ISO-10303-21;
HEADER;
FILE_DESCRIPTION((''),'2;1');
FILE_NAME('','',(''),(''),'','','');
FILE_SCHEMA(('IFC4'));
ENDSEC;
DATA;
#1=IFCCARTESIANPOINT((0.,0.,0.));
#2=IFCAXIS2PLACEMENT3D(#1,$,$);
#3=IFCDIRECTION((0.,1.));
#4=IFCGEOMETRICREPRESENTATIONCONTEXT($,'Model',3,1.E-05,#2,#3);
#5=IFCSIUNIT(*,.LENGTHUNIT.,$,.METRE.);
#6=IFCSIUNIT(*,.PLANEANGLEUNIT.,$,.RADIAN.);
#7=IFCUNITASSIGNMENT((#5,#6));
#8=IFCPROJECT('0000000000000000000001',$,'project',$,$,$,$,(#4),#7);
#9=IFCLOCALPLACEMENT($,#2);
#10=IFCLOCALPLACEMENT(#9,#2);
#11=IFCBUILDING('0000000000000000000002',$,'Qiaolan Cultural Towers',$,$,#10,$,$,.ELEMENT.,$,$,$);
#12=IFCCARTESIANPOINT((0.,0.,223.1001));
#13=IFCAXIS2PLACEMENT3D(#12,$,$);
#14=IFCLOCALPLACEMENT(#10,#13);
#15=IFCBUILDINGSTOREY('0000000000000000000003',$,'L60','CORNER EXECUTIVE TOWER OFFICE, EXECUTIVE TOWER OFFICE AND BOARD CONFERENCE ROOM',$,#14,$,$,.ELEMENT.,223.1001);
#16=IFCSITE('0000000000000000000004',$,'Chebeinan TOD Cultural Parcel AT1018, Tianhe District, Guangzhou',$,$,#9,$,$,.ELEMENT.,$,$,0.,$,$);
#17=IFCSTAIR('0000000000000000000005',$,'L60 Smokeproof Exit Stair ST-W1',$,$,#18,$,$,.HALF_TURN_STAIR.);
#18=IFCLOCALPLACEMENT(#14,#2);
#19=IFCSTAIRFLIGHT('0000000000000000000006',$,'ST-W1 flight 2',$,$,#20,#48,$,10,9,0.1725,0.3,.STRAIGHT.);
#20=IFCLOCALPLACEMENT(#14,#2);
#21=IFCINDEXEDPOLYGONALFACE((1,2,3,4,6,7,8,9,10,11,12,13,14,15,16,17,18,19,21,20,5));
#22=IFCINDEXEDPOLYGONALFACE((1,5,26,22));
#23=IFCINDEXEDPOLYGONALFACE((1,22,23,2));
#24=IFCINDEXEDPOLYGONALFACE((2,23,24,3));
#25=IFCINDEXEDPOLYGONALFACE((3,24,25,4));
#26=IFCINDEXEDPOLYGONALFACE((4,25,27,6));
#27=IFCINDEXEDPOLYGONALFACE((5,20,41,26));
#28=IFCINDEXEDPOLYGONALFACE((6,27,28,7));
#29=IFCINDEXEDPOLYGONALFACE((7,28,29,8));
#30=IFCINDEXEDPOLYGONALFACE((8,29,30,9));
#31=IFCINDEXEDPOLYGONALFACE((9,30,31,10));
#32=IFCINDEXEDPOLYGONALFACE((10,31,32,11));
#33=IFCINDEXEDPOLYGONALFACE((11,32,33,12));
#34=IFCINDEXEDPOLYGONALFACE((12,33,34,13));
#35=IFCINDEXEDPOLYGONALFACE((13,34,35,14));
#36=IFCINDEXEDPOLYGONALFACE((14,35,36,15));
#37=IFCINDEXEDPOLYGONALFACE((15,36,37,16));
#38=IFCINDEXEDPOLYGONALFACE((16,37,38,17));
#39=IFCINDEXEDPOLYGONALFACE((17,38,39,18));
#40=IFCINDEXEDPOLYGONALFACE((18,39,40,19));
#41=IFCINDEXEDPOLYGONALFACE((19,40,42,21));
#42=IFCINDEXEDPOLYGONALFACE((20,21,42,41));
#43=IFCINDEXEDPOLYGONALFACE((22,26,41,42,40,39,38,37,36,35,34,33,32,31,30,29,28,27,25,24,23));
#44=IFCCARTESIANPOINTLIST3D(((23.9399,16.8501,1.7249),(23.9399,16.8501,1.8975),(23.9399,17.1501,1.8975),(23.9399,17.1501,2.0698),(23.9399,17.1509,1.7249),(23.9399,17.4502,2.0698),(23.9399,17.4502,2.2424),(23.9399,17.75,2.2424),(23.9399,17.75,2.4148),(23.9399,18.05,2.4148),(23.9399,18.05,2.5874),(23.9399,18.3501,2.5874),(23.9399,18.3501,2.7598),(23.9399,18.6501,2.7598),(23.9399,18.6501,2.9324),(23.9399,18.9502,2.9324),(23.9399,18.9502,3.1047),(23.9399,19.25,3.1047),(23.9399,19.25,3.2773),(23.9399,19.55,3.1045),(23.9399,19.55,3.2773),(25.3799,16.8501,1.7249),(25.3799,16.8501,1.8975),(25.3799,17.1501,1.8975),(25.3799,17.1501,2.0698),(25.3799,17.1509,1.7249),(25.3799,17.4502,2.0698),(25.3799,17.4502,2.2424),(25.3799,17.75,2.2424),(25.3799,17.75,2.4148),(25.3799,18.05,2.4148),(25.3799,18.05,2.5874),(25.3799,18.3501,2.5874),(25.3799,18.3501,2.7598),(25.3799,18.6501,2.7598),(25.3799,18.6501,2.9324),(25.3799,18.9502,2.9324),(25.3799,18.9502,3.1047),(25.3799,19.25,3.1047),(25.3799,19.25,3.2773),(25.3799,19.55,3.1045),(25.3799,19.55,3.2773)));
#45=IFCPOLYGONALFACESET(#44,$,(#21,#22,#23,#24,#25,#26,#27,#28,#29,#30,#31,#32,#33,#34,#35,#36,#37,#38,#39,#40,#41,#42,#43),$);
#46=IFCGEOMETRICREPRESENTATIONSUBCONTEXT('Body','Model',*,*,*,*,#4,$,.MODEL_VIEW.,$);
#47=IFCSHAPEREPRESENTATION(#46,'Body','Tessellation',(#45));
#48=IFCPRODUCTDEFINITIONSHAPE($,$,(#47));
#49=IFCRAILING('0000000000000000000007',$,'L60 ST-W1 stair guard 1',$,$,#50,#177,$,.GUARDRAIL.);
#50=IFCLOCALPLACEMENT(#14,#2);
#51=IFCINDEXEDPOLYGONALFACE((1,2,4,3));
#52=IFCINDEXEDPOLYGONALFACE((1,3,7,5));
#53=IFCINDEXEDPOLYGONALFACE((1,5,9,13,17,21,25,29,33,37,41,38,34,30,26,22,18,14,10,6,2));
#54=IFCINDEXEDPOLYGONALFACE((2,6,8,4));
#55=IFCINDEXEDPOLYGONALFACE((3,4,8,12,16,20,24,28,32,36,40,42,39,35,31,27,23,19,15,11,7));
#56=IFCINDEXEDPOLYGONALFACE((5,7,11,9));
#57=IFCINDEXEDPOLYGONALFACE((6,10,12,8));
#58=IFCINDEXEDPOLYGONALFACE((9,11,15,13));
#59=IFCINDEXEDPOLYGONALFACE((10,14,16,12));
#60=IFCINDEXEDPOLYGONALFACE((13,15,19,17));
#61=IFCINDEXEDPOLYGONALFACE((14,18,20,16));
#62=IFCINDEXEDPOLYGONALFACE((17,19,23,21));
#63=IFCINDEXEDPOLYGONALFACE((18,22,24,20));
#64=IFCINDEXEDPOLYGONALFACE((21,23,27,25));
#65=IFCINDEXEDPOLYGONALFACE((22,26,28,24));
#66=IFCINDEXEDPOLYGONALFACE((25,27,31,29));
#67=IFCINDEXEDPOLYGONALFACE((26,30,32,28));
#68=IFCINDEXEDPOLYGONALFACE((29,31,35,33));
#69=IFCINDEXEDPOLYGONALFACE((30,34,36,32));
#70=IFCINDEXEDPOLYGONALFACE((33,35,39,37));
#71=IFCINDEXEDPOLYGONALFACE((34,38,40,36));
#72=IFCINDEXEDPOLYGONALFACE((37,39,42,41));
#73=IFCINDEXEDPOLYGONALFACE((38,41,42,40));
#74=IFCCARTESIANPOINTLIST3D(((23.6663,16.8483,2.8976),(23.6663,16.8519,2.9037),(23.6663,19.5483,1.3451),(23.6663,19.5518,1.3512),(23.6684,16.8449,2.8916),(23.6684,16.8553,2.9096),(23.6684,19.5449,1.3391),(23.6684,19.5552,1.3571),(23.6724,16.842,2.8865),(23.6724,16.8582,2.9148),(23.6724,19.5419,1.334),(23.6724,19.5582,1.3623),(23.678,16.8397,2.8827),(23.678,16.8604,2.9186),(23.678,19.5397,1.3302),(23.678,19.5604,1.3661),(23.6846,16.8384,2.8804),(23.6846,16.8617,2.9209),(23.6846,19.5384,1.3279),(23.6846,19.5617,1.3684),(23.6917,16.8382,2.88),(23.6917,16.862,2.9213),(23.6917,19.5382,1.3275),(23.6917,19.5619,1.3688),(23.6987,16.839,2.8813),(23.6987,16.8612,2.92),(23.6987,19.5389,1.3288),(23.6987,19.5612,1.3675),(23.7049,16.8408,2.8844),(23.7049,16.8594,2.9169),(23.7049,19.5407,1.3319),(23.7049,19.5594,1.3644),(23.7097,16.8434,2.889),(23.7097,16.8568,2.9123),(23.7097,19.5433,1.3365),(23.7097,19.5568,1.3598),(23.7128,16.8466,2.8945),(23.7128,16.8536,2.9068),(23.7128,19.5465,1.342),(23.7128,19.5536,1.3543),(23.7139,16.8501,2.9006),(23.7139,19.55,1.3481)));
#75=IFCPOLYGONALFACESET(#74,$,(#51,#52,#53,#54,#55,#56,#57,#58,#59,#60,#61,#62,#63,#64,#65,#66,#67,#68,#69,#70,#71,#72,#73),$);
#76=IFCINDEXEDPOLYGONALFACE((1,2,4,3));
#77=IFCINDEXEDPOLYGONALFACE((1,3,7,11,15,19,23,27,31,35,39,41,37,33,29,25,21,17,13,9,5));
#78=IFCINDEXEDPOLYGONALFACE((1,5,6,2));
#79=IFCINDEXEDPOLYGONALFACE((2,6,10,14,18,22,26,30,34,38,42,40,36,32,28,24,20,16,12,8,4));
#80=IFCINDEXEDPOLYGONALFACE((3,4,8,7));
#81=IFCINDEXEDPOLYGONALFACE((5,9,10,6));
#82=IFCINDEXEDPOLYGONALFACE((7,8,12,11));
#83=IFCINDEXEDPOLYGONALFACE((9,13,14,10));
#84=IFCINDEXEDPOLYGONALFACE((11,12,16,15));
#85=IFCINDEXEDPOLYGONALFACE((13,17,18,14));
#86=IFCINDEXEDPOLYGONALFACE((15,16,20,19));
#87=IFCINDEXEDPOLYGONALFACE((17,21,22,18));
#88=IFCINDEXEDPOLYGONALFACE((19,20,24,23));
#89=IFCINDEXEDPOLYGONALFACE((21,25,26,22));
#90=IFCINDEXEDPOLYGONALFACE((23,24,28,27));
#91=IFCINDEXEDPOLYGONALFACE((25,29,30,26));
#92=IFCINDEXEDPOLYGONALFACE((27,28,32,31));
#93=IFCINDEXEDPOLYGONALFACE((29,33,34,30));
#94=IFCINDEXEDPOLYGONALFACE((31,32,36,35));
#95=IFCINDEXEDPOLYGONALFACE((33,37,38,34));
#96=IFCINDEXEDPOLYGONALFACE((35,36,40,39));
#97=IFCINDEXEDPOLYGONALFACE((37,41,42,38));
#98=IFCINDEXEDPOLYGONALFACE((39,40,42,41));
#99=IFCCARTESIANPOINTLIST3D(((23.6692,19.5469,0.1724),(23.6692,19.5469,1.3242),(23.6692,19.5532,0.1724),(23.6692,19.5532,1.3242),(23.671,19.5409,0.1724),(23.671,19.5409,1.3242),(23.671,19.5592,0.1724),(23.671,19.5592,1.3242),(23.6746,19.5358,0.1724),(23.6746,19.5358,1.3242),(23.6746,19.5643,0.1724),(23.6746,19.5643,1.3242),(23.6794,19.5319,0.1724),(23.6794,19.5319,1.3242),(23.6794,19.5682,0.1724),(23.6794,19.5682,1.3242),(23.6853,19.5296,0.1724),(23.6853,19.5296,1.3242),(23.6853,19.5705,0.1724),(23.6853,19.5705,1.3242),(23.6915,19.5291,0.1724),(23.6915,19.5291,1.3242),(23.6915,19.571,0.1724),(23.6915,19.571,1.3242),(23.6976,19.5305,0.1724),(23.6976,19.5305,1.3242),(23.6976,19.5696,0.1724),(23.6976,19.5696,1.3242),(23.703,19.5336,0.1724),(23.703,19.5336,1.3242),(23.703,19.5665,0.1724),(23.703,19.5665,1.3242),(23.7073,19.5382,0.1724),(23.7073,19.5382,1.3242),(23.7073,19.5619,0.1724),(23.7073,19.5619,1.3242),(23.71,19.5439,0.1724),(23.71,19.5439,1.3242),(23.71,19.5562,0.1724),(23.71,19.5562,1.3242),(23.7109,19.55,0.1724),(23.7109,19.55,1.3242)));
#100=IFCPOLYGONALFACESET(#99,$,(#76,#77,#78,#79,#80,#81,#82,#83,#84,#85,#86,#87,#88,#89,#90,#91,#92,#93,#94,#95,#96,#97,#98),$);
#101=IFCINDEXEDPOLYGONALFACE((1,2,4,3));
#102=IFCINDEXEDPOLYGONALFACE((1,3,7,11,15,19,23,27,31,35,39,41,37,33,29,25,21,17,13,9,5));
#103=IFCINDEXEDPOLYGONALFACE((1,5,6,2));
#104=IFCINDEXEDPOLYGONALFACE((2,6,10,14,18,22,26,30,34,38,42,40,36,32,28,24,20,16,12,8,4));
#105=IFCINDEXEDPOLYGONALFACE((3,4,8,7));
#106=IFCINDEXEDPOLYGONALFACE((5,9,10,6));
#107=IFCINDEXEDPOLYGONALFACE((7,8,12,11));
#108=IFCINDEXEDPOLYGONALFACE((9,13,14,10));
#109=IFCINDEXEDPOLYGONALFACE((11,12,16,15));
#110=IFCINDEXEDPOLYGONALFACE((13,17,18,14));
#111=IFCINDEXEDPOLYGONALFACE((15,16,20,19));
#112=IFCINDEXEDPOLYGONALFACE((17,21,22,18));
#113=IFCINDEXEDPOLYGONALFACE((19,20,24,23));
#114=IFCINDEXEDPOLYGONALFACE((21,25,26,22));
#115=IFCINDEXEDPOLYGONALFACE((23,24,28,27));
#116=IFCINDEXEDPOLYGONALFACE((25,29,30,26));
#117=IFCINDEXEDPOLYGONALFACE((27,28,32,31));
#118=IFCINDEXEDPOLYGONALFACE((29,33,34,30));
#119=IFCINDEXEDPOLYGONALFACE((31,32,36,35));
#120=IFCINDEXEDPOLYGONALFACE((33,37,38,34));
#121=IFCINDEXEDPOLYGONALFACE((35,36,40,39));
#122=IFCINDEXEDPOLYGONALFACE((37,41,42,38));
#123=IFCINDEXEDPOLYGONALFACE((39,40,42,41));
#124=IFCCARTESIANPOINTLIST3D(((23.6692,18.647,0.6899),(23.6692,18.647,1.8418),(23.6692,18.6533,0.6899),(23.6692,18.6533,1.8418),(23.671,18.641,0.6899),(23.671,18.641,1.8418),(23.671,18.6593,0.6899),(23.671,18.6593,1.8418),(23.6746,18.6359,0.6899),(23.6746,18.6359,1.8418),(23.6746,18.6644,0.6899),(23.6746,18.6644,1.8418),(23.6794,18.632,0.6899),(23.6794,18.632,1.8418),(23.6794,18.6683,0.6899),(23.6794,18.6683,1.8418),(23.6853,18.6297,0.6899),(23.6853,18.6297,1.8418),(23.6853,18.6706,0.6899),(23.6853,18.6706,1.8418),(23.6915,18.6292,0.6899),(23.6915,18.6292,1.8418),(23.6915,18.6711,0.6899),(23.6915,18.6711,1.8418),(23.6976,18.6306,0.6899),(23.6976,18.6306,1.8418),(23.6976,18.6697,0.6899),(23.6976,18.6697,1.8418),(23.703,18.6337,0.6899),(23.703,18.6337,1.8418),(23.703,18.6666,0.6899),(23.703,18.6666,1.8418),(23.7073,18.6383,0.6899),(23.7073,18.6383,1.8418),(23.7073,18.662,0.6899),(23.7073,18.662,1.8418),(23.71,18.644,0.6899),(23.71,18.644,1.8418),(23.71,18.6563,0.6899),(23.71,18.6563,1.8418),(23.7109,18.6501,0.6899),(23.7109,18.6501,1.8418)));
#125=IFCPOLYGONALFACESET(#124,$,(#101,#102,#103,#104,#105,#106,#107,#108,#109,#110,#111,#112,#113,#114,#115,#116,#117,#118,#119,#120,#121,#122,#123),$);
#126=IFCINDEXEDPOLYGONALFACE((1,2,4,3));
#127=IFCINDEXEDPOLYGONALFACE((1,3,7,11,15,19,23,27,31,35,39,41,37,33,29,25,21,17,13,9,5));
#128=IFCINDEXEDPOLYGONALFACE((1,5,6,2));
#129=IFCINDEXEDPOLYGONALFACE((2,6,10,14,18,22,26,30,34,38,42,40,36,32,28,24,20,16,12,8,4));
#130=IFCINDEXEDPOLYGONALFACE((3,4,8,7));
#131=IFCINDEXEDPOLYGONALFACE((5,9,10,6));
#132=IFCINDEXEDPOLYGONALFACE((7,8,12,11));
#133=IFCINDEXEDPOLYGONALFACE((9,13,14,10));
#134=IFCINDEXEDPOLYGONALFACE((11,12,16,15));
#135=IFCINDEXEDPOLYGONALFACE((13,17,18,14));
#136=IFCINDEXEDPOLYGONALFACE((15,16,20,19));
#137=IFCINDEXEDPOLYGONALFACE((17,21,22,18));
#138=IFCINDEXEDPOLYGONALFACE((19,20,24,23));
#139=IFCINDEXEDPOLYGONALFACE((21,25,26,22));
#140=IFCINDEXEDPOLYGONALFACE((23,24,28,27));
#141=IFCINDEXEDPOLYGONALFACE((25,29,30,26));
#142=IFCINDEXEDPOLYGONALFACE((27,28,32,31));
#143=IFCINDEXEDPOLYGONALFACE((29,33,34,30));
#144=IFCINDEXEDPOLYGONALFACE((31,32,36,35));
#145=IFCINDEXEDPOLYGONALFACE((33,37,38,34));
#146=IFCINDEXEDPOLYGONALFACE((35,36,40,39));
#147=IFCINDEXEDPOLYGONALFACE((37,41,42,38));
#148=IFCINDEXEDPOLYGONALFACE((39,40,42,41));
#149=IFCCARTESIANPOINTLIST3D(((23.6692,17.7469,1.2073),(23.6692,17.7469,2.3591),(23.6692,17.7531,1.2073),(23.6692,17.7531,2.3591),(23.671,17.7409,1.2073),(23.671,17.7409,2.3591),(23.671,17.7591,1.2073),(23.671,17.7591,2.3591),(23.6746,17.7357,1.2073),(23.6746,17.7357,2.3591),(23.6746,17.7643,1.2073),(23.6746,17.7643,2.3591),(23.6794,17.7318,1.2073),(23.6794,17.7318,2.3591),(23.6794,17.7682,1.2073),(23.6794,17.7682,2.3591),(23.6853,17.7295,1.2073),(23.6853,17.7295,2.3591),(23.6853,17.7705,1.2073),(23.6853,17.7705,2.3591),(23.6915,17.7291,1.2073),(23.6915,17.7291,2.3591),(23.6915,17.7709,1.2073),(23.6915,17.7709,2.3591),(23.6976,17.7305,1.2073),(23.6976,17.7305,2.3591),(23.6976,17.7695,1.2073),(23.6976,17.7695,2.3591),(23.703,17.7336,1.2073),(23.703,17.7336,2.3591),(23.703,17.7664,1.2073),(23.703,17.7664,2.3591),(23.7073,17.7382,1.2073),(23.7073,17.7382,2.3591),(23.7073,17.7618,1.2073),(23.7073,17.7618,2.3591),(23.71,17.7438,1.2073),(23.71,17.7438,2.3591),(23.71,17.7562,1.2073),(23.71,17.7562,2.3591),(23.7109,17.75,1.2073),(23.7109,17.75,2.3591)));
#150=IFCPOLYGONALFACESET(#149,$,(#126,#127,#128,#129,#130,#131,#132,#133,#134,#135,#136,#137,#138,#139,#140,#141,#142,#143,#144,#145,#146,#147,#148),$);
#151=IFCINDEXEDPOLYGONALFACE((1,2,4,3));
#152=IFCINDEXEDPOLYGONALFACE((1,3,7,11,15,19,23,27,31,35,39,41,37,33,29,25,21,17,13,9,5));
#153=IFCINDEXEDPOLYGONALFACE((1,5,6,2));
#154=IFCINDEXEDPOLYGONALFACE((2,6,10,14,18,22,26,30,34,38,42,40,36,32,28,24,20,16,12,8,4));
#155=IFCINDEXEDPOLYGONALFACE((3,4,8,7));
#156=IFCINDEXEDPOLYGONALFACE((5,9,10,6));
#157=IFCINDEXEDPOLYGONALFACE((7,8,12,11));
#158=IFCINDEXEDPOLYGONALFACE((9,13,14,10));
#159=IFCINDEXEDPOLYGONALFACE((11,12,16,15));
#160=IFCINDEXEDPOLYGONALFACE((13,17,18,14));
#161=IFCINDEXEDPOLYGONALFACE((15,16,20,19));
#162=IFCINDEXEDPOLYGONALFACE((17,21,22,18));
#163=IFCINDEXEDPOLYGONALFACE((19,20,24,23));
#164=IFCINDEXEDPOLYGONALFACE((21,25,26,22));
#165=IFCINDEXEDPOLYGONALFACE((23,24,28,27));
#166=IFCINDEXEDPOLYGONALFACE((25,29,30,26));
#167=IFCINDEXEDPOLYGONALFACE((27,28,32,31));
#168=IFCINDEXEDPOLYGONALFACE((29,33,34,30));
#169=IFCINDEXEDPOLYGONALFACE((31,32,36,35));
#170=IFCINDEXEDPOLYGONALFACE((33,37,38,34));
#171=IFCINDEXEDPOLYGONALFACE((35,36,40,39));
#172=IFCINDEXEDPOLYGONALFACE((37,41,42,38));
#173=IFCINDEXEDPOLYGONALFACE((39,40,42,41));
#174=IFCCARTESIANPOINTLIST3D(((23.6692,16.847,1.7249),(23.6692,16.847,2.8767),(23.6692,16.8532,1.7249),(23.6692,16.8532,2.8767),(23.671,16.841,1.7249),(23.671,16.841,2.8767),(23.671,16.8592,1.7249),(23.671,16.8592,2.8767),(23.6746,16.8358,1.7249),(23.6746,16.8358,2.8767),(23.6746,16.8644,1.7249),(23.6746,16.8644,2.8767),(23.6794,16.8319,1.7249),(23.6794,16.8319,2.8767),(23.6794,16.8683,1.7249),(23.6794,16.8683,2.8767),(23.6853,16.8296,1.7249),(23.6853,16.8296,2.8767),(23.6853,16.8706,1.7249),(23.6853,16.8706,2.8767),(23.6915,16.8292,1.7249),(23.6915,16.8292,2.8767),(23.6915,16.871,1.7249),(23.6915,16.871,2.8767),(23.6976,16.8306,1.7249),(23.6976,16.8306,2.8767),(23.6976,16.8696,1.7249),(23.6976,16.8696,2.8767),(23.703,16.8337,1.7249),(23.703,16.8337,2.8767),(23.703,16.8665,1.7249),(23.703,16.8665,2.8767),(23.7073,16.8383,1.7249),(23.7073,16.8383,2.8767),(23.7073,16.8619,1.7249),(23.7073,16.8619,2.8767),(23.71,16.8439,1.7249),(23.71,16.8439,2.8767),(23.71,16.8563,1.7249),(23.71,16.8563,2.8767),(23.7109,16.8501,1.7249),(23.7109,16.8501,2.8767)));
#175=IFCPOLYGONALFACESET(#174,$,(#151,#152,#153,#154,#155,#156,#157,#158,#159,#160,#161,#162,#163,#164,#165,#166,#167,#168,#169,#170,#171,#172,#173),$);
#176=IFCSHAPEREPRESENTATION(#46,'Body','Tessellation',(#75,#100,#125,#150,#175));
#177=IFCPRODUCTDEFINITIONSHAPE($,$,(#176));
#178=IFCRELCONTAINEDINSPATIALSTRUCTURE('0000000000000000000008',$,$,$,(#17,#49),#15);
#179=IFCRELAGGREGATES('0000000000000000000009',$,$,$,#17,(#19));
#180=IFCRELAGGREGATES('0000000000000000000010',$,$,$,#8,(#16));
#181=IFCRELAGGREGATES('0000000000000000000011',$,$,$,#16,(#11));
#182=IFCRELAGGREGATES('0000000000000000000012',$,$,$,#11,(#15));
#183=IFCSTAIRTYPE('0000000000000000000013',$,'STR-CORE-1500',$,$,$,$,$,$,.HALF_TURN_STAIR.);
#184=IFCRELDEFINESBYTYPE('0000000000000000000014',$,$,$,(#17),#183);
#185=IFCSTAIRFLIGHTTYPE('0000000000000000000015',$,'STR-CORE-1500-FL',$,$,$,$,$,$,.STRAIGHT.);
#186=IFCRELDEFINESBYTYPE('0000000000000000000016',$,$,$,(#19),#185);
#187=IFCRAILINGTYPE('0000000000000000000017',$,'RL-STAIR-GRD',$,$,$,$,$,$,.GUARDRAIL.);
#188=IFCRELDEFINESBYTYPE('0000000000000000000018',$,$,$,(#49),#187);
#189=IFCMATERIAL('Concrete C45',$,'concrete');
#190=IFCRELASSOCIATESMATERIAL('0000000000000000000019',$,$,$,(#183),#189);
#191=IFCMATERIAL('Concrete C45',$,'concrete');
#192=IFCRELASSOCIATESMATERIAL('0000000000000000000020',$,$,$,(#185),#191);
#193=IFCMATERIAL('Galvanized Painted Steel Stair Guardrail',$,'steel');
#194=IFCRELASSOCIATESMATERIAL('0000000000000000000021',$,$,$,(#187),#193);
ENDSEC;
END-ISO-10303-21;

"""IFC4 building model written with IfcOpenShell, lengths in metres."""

from ifc_helpers import new_model, si_unit, direction, frame, origin, origin_2d, place, context, subcontext, project, spatial, polyline, circle, outline, extrude, material, type_object, element, aggregate, save


model = new_model("IFC4")

# Units and contexts
model_context = context("Model", 3, precision=1e-05, world=origin(), true_north=direction((0.0, 1.0)))
body_context = subcontext(model_context, "Body", "Model", "MODEL_VIEW")
ifc_project = project(units=[si_unit("LENGTHUNIT", "METRE"), si_unit("PLANEANGLEUNIT", "RADIAN")], contexts=[model_context])

# Site, building, storey
site_placement = place(None, origin())
site = spatial("IfcSite", under=ifc_project, at=site_placement, Name="Chebeinan TOD Cultural Parcel AT1018, Tianhe District, Guangzhou", CompositionType="ELEMENT", RefElevation=0.0)
building_placement = place(site_placement, origin())
building = spatial("IfcBuilding", under=site, at=building_placement, Name="Qiaolan Cultural Towers", CompositionType="ELEMENT")
storey_placement = place(building_placement, frame((0.0, 0.0, 223.1001)))
storey = spatial("IfcBuildingStorey", under=building, at=storey_placement, Name="L60", Description="CORNER EXECUTIVE TOWER OFFICE, EXECUTIVE TOWER OFFICE AND BOARD CONFERENCE ROOM", CompositionType="ELEMENT", Elevation=223.1001)

# Stair, stair flight
ifc_material_1 = material(Name="Concrete C45", Category="concrete")
stair_type = type_object("IfcStairType", Name="STR-CORE-1500", PredefinedType="HALF_TURN_STAIR", material=ifc_material_1)
stair_placement = place(storey_placement, origin())
stair = element("IfcStair", 1, at=stair_placement, inside=storey, type_object=stair_type, Name="L60 Smokeproof Exit Stair ST-W1", PredefinedType="HALF_TURN_STAIR")
ifc_material_2 = material(Name="Concrete C45", Category="concrete")
stair_flight_type = type_object("IfcStairFlightType", Name="STR-CORE-1500-FL", PredefinedType="STRAIGHT", material=ifc_material_2)
stair_flight_1_placement = place(storey_placement, frame((24.6599, 16.8501, 1.7249), z_axis=(0.0, 0.0, 1.0), x_axis=(0.0, 1.0, 0.0)))
stair_flight_1 = element("IfcStairFlight", 2, at=stair_flight_1_placement, type_object=stair_flight_type, Name="ST-W1 flight 2", NumberOfRisers=10, NumberOfTreads=9, PredefinedType="STRAIGHT", RiserHeight=0.1725, TreadLength=0.3, context=body_context, shape_type="SweptSolid", body=[
    extrude(outline(polyline([(0.0, 0.0), (0.0, 0.1726), (0.3, 0.1726), (0.3, 0.345), (0.6001, 0.345), (0.6001, 0.5176), (0.8999, 0.5176), (0.8999, 0.6899), (1.2, 0.6899), (1.2, 0.8625), (1.5, 0.8625), (1.5, 1.0349), (1.8, 1.0349), (1.8, 1.2075), (2.1001, 1.2075), (2.1001, 1.3799), (2.3999, 1.3799), (2.3999, 1.5525), (2.7, 1.5525), (2.7, 1.7251), (2.7, 1.3796), (0.3008, 0.0), (0.0, 0.0)])), frame((0.0, 0.72, 0.0), z_axis=(0.0, -1.0, 0.0), x_axis=(1.0, 0.0, 0.0)), (0.0, 0.0, 1.0), 1.4399),
])
aggregate(stair, [stair_flight_1])

# Railing
ifc_material_3 = material(Name="Galvanized Painted Steel Stair Guardrail", Category="steel")
railing_type_1 = type_object("IfcRailingType", Name="RL-STAIR-GRD", PredefinedType="GUARDRAIL", material=ifc_material_3)
railing_1_placement = place(storey_placement, frame((23.6899, 19.55, 0.1724)))
element("IfcRailing", 3, at=railing_1_placement, inside=storey, type_object=railing_type_1, Name="L60 ST-W1 stair guard 1", PredefinedType="GUARDRAIL", context=body_context, shape_type="SweptSolid", body=[
    extrude(circle(Radius=0.0239, at=origin_2d()), frame((0.0, 0.0, 1.1758), z_axis=(0.0, -0.866904, 0.498476), x_axis=(1.0, 0.0, 0.0)), (0.0, 0.0, 1.0), 3.1145),
    extrude(circle(Radius=0.021, at=origin_2d()), origin(), (0.0, 0.0, 1.0), 1.1519),
    extrude(circle(Radius=0.021, at=origin_2d()), frame((0.0, -0.8999, 0.5176)), (0.0, 0.0, 1.0), 1.1519),
    extrude(circle(Radius=0.021, at=origin_2d()), frame((0.0, -1.8, 1.0349)), (0.0, 0.0, 1.0), 1.1519),
    extrude(circle(Radius=0.021, at=origin_2d()), frame((0.0, -2.7, 1.5525)), (0.0, 0.0, 1.0), 1.1519),
])

save(model, "model.ifc")
